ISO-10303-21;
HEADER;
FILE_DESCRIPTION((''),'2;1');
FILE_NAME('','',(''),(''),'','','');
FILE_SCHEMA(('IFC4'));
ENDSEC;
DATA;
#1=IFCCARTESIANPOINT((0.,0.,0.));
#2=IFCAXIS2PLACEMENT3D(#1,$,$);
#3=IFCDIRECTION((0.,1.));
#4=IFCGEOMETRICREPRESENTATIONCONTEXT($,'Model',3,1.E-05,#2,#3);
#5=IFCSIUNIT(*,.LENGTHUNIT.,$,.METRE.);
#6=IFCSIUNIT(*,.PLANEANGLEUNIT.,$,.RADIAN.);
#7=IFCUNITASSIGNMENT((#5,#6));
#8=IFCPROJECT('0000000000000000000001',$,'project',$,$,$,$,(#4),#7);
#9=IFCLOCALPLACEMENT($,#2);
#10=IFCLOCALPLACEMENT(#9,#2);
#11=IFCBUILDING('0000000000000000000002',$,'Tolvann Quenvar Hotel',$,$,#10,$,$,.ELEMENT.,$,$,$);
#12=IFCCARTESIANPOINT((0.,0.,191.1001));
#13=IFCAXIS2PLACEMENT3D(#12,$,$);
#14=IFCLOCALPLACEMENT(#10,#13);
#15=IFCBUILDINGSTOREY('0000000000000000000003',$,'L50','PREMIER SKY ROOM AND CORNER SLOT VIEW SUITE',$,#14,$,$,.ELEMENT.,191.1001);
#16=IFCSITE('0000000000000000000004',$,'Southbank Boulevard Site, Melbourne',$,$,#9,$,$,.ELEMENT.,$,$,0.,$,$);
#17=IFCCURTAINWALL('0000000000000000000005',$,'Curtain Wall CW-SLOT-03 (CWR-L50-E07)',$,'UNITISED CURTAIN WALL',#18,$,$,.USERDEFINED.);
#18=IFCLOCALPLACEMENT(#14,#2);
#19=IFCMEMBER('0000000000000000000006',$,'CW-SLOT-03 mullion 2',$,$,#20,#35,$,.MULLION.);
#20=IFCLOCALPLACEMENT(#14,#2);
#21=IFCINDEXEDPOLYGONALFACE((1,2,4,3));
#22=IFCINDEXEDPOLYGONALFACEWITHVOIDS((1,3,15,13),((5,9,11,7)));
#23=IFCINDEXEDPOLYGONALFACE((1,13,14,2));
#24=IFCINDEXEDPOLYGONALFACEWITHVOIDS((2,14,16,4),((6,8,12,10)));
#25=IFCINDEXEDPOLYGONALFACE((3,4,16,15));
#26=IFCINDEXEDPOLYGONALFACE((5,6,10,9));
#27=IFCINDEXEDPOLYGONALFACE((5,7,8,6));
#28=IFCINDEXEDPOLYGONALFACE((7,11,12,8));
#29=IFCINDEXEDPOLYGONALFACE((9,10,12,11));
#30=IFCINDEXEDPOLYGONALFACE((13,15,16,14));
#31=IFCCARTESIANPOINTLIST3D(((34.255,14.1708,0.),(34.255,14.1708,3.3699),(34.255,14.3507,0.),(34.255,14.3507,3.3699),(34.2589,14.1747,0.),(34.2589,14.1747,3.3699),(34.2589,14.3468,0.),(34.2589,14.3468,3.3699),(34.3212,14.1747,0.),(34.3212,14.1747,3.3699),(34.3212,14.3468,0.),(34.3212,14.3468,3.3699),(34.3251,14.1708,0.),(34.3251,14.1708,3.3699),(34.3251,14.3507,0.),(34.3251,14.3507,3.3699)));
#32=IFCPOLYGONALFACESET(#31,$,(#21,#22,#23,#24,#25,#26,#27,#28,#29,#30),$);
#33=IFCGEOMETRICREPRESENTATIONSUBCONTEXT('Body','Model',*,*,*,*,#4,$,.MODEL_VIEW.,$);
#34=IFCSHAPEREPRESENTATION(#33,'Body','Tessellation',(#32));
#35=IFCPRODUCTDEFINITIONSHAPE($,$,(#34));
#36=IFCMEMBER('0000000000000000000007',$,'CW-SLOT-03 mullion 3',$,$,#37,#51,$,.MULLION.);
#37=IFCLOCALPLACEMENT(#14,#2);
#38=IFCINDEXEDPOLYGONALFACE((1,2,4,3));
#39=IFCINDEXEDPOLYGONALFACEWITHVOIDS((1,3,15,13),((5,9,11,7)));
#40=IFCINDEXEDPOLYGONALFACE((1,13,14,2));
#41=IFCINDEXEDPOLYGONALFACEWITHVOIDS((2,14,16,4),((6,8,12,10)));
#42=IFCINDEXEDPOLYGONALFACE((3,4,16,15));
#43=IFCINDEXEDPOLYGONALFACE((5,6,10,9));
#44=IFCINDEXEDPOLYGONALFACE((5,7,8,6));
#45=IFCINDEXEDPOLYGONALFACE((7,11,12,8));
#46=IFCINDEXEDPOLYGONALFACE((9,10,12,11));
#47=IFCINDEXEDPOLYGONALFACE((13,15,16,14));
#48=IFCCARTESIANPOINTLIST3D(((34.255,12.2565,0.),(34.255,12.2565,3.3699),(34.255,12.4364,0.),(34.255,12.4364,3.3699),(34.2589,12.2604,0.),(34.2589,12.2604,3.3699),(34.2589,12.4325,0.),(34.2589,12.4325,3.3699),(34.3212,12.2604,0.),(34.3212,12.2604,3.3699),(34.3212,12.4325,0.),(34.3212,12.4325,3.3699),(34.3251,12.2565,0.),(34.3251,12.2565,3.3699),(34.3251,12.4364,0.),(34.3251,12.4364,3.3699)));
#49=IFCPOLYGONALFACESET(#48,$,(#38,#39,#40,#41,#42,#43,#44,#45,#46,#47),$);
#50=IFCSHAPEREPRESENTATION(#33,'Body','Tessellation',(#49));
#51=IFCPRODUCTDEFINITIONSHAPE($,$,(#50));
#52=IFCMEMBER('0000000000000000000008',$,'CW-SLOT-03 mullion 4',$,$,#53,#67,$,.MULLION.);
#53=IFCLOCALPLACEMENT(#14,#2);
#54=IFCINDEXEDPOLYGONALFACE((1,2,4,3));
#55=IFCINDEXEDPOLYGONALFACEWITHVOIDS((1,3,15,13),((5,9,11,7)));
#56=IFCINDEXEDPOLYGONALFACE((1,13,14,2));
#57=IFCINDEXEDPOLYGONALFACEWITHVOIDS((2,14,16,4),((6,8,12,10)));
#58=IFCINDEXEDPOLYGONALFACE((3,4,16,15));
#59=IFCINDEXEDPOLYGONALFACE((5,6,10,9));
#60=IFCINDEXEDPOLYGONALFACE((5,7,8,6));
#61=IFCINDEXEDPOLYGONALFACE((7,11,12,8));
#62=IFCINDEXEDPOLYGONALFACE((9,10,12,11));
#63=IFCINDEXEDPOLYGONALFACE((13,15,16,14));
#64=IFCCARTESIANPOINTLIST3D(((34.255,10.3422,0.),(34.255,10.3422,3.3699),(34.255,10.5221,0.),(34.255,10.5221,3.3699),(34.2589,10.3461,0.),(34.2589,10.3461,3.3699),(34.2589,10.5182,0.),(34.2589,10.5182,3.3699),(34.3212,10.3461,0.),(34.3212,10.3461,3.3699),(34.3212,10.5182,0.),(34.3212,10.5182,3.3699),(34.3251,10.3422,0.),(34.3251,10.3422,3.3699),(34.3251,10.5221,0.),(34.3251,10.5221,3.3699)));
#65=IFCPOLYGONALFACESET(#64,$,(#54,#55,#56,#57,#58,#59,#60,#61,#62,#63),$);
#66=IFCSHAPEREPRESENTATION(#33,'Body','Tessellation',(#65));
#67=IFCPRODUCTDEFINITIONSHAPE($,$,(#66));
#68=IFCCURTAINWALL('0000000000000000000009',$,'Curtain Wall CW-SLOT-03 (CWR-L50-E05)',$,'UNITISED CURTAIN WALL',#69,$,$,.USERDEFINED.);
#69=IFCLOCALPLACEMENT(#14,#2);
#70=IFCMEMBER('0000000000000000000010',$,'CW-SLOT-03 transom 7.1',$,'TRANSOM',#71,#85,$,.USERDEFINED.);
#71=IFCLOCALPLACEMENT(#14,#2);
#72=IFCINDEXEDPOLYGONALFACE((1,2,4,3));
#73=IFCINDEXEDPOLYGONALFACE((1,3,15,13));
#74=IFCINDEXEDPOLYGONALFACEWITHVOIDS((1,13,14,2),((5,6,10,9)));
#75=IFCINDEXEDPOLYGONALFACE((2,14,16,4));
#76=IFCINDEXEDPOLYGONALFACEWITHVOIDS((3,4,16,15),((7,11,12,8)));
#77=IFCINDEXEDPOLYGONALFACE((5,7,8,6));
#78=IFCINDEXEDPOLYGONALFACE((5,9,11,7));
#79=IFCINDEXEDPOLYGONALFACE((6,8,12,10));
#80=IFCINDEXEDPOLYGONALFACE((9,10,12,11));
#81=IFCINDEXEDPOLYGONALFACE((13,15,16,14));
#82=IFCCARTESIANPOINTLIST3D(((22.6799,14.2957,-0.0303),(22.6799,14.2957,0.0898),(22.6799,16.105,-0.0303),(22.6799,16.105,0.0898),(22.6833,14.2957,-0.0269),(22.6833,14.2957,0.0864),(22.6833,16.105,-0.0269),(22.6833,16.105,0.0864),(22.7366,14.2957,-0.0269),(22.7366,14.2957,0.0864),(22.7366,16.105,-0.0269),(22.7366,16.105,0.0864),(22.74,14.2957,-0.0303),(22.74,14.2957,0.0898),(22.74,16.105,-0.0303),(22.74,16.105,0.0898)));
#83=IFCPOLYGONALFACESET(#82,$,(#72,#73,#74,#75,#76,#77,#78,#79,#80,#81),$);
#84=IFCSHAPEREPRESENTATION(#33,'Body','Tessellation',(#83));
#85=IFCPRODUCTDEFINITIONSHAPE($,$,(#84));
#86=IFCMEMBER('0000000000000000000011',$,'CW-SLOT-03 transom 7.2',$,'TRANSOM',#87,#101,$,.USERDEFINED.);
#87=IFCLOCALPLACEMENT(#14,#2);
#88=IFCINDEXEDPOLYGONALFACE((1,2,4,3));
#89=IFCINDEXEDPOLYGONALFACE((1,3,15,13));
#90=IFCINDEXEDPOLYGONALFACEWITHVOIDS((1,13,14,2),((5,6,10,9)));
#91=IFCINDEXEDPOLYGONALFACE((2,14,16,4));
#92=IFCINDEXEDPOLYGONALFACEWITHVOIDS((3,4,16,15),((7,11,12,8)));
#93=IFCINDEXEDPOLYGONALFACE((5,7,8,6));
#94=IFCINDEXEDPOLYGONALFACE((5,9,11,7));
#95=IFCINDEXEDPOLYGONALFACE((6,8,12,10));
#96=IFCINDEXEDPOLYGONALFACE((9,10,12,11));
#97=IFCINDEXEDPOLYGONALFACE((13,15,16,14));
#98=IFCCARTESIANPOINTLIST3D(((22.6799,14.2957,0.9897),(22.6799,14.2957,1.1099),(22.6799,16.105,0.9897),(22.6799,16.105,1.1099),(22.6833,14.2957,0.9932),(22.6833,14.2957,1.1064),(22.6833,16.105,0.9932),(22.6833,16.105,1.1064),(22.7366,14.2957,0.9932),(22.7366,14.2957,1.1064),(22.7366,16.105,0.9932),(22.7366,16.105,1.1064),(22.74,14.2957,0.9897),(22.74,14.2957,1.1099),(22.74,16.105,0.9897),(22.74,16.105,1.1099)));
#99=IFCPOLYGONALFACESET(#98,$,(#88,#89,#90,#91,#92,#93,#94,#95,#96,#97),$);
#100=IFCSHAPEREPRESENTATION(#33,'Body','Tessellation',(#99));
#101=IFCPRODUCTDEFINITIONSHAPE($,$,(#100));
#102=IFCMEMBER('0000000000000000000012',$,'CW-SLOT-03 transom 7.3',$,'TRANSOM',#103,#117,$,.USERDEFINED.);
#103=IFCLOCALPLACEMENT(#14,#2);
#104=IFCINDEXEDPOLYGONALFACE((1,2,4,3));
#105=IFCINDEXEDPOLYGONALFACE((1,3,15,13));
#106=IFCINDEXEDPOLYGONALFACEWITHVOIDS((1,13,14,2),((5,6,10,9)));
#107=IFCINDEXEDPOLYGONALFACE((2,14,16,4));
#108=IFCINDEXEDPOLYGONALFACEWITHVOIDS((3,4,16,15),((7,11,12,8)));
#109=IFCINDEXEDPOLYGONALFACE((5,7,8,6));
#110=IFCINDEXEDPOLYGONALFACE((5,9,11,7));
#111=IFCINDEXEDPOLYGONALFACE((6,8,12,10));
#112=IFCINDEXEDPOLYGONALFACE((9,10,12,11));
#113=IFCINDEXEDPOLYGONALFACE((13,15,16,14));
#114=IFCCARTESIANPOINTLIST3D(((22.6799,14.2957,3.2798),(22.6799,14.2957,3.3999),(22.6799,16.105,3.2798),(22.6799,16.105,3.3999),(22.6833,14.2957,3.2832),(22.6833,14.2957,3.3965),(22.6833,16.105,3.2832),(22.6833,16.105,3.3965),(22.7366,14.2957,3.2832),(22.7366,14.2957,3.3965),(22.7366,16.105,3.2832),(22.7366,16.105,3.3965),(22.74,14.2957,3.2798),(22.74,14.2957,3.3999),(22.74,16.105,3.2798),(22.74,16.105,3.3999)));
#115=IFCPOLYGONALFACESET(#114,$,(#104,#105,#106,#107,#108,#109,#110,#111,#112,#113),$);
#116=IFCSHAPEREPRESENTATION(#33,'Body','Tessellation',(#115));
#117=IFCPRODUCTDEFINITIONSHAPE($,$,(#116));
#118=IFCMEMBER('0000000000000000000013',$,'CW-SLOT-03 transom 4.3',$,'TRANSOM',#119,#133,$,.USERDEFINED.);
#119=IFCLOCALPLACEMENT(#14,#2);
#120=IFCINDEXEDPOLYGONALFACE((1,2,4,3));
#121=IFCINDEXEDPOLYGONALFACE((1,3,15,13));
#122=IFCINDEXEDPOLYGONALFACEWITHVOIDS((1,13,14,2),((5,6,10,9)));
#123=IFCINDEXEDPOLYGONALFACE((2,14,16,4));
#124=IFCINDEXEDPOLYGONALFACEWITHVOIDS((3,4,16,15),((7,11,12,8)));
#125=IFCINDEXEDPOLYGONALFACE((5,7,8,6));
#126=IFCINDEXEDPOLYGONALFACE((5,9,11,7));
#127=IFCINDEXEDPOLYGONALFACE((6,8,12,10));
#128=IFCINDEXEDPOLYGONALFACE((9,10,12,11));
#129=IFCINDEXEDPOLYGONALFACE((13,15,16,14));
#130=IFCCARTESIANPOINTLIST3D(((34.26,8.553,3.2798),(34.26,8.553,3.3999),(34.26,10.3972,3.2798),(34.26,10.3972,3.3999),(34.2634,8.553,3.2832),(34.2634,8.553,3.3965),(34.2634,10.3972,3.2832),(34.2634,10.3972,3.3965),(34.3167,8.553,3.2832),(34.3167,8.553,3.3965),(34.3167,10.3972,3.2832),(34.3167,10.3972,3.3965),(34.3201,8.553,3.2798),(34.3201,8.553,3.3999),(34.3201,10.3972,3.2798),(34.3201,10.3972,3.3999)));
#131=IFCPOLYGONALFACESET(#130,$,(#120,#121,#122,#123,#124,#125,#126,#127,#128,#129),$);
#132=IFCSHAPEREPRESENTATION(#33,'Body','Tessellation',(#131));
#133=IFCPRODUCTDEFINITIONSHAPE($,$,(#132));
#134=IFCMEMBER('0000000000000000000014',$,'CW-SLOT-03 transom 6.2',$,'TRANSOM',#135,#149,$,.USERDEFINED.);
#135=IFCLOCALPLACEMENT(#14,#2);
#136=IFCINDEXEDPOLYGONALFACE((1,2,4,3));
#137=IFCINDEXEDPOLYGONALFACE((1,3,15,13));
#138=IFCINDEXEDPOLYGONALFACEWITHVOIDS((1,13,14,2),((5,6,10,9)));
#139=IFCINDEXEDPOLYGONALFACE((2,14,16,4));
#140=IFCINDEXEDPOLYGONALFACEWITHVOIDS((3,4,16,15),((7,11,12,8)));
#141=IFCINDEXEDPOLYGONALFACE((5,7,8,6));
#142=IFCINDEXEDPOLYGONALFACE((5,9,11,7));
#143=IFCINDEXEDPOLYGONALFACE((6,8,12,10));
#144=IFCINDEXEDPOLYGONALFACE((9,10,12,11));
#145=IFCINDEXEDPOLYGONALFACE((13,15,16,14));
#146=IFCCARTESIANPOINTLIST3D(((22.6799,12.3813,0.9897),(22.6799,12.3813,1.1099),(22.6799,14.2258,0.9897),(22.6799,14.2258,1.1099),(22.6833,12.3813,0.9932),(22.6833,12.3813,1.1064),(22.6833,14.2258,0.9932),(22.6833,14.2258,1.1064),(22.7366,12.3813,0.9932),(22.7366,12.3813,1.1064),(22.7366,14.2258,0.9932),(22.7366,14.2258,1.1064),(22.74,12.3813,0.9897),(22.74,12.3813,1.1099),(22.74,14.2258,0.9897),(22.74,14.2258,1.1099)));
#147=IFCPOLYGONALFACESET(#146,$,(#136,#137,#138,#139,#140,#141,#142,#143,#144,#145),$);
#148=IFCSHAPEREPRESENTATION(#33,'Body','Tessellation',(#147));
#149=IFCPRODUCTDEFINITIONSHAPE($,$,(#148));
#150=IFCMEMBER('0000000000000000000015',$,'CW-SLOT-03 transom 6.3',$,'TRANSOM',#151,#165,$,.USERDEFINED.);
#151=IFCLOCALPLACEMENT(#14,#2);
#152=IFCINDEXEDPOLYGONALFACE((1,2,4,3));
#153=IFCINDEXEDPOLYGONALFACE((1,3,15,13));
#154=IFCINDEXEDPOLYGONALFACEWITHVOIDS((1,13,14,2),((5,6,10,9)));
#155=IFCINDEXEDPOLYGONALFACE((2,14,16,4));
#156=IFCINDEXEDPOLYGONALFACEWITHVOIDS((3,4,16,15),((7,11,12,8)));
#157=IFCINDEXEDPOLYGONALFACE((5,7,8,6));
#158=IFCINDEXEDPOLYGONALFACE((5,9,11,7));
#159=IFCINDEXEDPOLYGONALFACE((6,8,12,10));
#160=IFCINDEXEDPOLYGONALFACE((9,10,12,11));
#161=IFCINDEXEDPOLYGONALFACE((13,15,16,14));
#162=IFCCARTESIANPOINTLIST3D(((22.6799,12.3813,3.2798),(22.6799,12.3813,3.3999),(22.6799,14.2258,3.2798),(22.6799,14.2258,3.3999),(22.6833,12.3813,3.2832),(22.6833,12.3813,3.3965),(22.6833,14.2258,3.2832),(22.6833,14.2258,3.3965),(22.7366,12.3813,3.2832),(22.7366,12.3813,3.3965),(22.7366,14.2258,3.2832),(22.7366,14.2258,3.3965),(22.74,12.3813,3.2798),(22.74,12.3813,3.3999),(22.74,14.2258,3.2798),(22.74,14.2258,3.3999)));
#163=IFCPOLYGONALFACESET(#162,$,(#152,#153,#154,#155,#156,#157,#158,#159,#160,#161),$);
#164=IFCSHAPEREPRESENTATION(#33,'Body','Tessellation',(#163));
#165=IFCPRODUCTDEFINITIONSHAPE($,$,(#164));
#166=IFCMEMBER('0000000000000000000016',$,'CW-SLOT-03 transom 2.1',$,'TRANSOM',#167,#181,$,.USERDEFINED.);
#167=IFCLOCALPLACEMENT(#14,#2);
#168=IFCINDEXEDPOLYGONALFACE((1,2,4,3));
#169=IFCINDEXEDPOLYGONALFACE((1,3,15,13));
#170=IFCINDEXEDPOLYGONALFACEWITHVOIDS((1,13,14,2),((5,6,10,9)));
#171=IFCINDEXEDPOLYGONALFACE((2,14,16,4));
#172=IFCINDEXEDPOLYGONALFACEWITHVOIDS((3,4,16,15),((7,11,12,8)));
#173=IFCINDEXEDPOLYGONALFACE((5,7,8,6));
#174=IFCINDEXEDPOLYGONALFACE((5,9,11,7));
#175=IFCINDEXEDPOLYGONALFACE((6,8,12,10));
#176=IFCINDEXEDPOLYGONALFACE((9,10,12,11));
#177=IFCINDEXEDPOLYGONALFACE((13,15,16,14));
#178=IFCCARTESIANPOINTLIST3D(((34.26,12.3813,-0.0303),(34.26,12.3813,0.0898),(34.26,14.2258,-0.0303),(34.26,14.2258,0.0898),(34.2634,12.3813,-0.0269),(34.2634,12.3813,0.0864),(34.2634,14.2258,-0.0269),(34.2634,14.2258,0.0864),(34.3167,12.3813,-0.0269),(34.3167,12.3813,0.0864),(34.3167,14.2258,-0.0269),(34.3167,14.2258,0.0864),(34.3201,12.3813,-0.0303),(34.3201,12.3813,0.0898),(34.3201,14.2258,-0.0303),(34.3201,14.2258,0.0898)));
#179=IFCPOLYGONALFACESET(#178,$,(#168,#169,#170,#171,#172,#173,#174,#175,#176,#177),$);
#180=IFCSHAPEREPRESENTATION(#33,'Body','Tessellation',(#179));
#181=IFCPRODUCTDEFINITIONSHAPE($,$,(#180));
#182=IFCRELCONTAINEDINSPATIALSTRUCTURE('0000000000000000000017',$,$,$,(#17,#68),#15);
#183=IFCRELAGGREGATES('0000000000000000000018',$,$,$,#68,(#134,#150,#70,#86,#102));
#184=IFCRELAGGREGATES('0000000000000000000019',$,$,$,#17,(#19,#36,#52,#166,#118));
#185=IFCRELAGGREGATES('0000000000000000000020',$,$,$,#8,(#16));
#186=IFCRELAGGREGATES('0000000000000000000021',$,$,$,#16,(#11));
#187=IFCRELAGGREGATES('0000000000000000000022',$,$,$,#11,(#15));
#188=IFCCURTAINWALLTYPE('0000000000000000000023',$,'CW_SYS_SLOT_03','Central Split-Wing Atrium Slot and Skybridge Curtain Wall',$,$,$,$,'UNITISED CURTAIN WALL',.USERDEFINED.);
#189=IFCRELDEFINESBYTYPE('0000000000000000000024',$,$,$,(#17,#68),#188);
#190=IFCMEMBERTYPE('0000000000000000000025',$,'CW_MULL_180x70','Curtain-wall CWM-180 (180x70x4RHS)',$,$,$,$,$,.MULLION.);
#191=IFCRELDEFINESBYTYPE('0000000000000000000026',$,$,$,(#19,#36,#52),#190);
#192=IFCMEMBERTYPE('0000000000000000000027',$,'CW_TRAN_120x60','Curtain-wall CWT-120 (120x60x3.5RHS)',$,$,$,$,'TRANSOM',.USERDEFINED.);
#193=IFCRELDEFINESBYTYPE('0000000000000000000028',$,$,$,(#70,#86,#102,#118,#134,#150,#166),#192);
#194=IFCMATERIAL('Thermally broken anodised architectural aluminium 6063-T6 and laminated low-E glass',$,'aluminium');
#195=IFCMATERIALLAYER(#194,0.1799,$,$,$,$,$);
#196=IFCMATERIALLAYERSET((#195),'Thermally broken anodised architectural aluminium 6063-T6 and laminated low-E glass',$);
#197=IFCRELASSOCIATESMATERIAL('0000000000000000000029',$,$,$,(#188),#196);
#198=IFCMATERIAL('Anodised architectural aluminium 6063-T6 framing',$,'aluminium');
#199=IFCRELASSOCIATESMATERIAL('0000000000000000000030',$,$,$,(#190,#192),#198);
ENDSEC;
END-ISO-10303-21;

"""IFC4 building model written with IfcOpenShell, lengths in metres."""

from ifc_helpers import new_model, si_unit, direction, frame, origin, origin_2d, place, context, subcontext, project, spatial, hollow_rectangle, extrude, source, transform, mapped, material, layer, layer_set, material_profile, profile_set, type_object, type_shapes, element, aggregate, save


model = new_model("IFC4")

# Units and contexts
model_context = context("Model", 3, precision=1e-05, world=origin(), true_north=direction((0.0, 1.0)))
body_context = subcontext(model_context, "Body", "Model", "MODEL_VIEW")
ifc_project = project(units=[si_unit("LENGTHUNIT", "METRE"), si_unit("PLANEANGLEUNIT", "RADIAN")], contexts=[model_context])

# Site, building, storey
site_placement = place(None, origin())
site = spatial("IfcSite", under=ifc_project, at=site_placement, Name="Southbank Boulevard Site, Melbourne", CompositionType="ELEMENT", RefElevation=0.0)
building_placement = place(site_placement, origin())
building = spatial("IfcBuilding", under=site, at=building_placement, Name="Tolvann Quenvar Hotel", CompositionType="ELEMENT")
storey_placement = place(building_placement, frame((0.0, 0.0, 191.1001)))
storey = spatial("IfcBuildingStorey", under=building, at=storey_placement, Name="L50", Description="PREMIER SKY ROOM AND CORNER SLOT VIEW SUITE", CompositionType="ELEMENT", Elevation=191.1001)

# Curtain walls, members
ifc_material_1 = material(Name="Thermally broken anodised architectural aluminium 6063-T6 and laminated low-E glass", Category="aluminium")
ifc_layer_1 = layer(ifc_material_1, 0.1799)
ifc_layer_set_1 = layer_set([ifc_layer_1], Name="Thermally broken anodised architectural aluminium 6063-T6 and laminated low-E glass")
curtain_wall_type = type_object("IfcCurtainWallType", Name="CW_SYS_SLOT_03", Description="Central Split-Wing Atrium Slot and Skybridge Curtain Wall", ElementType="UNITISED CURTAIN WALL", PredefinedType="USERDEFINED", material=ifc_layer_set_1)
curtain_wall_1_placement = place(storey_placement, origin())
curtain_wall_1 = element("IfcCurtainWall", 1, at=curtain_wall_1_placement, inside=storey, type_object=curtain_wall_type, Name="Curtain Wall CW-SLOT-03 (CWR-L50-E07)", ObjectType="UNITISED CURTAIN WALL", PredefinedType="USERDEFINED")
ifc_material_2 = material(Name="Anodised architectural aluminium 6063-T6 framing", Category="aluminium")
ifc_material_profile_1 = material_profile(ifc_material_2, hollow_rectangle(XDim=0.0701, YDim=0.1799, WallThickness=0.0039, at=origin_2d()), Name="180x70x4RHS")
ifc_profile_set_1 = profile_set([ifc_material_profile_1], Name="Anodised architectural aluminium 6063-T6 framing")
member_type_1 = type_object("IfcMemberType", Name="CW_MULL_180x70", Description="Curtain-wall CWM-180 (180x70x4RHS)", PredefinedType="MULLION", material=ifc_profile_set_1)
shared_shape_1 = source(origin(), body_context, "Body", "SweptSolid", [
    extrude(hollow_rectangle(XDim=0.0701, YDim=0.1799, WallThickness=0.0039, at=origin_2d()), origin(), (0.0, 0.0, 1.0), 3.3699),
])
type_shapes(member_type_1, [shared_shape_1])
member_1_placement = place(storey_placement, frame((34.29, 14.2607, 0.0), z_axis=(0.0, 0.0, 1.0), x_axis=(1.0, 0.0, 0.0)))
member_1 = element("IfcMember", 2, at=member_1_placement, type_object=member_type_1, Name="CW-SLOT-03 mullion 2", PredefinedType="MULLION", context=body_context, shape_type="MappedRepresentation", body=[
    mapped(shared_shape_1, transform((0.0, 0.0, 0.0), x_axis=(1.0, 0.0, 0.0), y_axis=(0.0, 1.0, 0.0), z_axis=(0.0, 0.0, 1.0), scale=1.0)),
])
member_2_placement = place(storey_placement, frame((34.29, 12.3464, 0.0), z_axis=(0.0, 0.0, 1.0), x_axis=(1.0, 0.0, 0.0)))
member_2 = element("IfcMember", 3, at=member_2_placement, type_object=member_type_1, Name="CW-SLOT-03 mullion 3", PredefinedType="MULLION", context=body_context, shape_type="MappedRepresentation", body=[
    mapped(shared_shape_1, transform((0.0, 0.0, 0.0), x_axis=(1.0, 0.0, 0.0), y_axis=(0.0, 1.0, 0.0), z_axis=(0.0, 0.0, 1.0), scale=1.0)),
])
member_3_placement = place(storey_placement, frame((34.29, 10.4321, 0.0), z_axis=(0.0, 0.0, 1.0), x_axis=(1.0, 0.0, 0.0)))
member_3 = element("IfcMember", 4, at=member_3_placement, type_object=member_type_1, Name="CW-SLOT-03 mullion 4", PredefinedType="MULLION", context=body_context, shape_type="MappedRepresentation", body=[
    mapped(shared_shape_1, transform((0.0, 0.0, 0.0), x_axis=(1.0, 0.0, 0.0), y_axis=(0.0, 1.0, 0.0), z_axis=(0.0, 0.0, 1.0), scale=1.0)),
])
curtain_wall_2_placement = place(storey_placement, origin())
curtain_wall_2 = element("IfcCurtainWall", 5, at=curtain_wall_2_placement, inside=storey, type_object=curtain_wall_type, Name="Curtain Wall CW-SLOT-03 (CWR-L50-E05)", ObjectType="UNITISED CURTAIN WALL", PredefinedType="USERDEFINED")
ifc_material_profile_2 = material_profile(ifc_material_2, hollow_rectangle(XDim=0.0601, YDim=0.1201, WallThickness=0.0034, at=origin_2d()), Name="120x60x3.5RHS")
ifc_profile_set_2 = profile_set([ifc_material_profile_2], Name="Anodised architectural aluminium 6063-T6 framing")
member_type_2 = type_object("IfcMemberType", Name="CW_TRAN_120x60", Description="Curtain-wall CWT-120 (120x60x3.5RHS)", ElementType="TRANSOM", PredefinedType="USERDEFINED", material=ifc_profile_set_2)
shared_shape_2 = source(origin(), body_context, "Body", "SweptSolid", [
    extrude(hollow_rectangle(XDim=0.0601, YDim=0.1201, WallThickness=0.0034, at=origin_2d()), origin(), (0.0, 0.0, 1.0), 1.8093),
])
member_4_placement = place(storey_placement, frame((22.71, 14.2957, 0.0298), z_axis=(0.0, 1.0, 0.0), x_axis=(-1.0, 0.0, 0.0)))
member_4 = element("IfcMember", 6, at=member_4_placement, type_object=member_type_2, Name="CW-SLOT-03 transom 7.1", ObjectType="TRANSOM", PredefinedType="USERDEFINED", context=body_context, shape_type="MappedRepresentation", body=[
    mapped(shared_shape_2, transform((0.0, 0.0, 0.0), x_axis=(1.0, 0.0, 0.0), y_axis=(0.0, 1.0, 0.0), z_axis=(0.0, 0.0, 1.0), scale=1.0)),
])
member_5_placement = place(storey_placement, frame((22.71, 14.2957, 1.0498), z_axis=(0.0, 1.0, 0.0), x_axis=(-1.0, 0.0, 0.0)))
member_5 = element("IfcMember", 7, at=member_5_placement, type_object=member_type_2, Name="CW-SLOT-03 transom 7.2", ObjectType="TRANSOM", PredefinedType="USERDEFINED", context=body_context, shape_type="MappedRepresentation", body=[
    mapped(shared_shape_2, transform((0.0, 0.0, 0.0), x_axis=(1.0, 0.0, 0.0), y_axis=(0.0, 1.0, 0.0), z_axis=(0.0, 0.0, 1.0), scale=1.0)),
])
member_6_placement = place(storey_placement, frame((22.71, 14.2957, 3.3398), z_axis=(0.0, 1.0, 0.0), x_axis=(-1.0, 0.0, 0.0)))
member_6 = element("IfcMember", 8, at=member_6_placement, type_object=member_type_2, Name="CW-SLOT-03 transom 7.3", ObjectType="TRANSOM", PredefinedType="USERDEFINED", context=body_context, shape_type="MappedRepresentation", body=[
    mapped(shared_shape_2, transform((0.0, 0.0, 0.0), x_axis=(1.0, 0.0, 0.0), y_axis=(0.0, 1.0, 0.0), z_axis=(0.0, 0.0, 1.0), scale=1.0)),
])

# Members
shared_shape_3 = source(origin(), body_context, "Body", "SweptSolid", [
    extrude(hollow_rectangle(XDim=0.0601, YDim=0.1201, WallThickness=0.0034, at=origin_2d()), origin(), (0.0, 0.0, 1.0), 1.8442),
])
member_7_placement = place(storey_placement, frame((34.29, 10.3972, 3.3398), z_axis=(0.0, -1.0, 0.0), x_axis=(1.0, 0.0, 0.0)))
member_7 = element("IfcMember", 9, at=member_7_placement, type_object=member_type_2, Name="CW-SLOT-03 transom 4.3", ObjectType="TRANSOM", PredefinedType="USERDEFINED", context=body_context, shape_type="MappedRepresentation", body=[
    mapped(shared_shape_3, transform((0.0, 0.0, 0.0), x_axis=(1.0, 0.0, 0.0), y_axis=(0.0, 1.0, 0.0), z_axis=(0.0, 0.0, 1.0), scale=1.0)),
])
shared_shape_4 = source(origin(), body_context, "Body", "SweptSolid", [
    extrude(hollow_rectangle(XDim=0.0601, YDim=0.1201, WallThickness=0.0034, at=origin_2d()), origin(), (0.0, 0.0, 1.0), 1.8445),
])
type_shapes(member_type_2, [shared_shape_2, shared_shape_3, shared_shape_4])
member_8_placement = place(storey_placement, frame((22.71, 12.3813, 1.0498), z_axis=(0.0, 1.0, 0.0), x_axis=(-1.0, 0.0, 0.0)))
member_8 = element("IfcMember", 10, at=member_8_placement, type_object=member_type_2, Name="CW-SLOT-03 transom 6.2", ObjectType="TRANSOM", PredefinedType="USERDEFINED", context=body_context, shape_type="MappedRepresentation", body=[
    mapped(shared_shape_4, transform((0.0, 0.0, 0.0), x_axis=(1.0, 0.0, 0.0), y_axis=(0.0, 1.0, 0.0), z_axis=(0.0, 0.0, 1.0), scale=1.0)),
])
member_9_placement = place(storey_placement, frame((22.71, 12.3813, 3.3398), z_axis=(0.0, 1.0, 0.0), x_axis=(-1.0, 0.0, 0.0)))
member_9 = element("IfcMember", 11, at=member_9_placement, type_object=member_type_2, Name="CW-SLOT-03 transom 6.3", ObjectType="TRANSOM", PredefinedType="USERDEFINED", context=body_context, shape_type="MappedRepresentation", body=[
    mapped(shared_shape_4, transform((0.0, 0.0, 0.0), x_axis=(1.0, 0.0, 0.0), y_axis=(0.0, 1.0, 0.0), z_axis=(0.0, 0.0, 1.0), scale=1.0)),
])
member_10_placement = place(storey_placement, frame((34.29, 14.2258, 0.0298), z_axis=(0.0, -1.0, 0.0), x_axis=(1.0, 0.0, 0.0)))
member_10 = element("IfcMember", 12, at=member_10_placement, type_object=member_type_2, Name="CW-SLOT-03 transom 2.1", ObjectType="TRANSOM", PredefinedType="USERDEFINED", context=body_context, shape_type="MappedRepresentation", body=[
    mapped(shared_shape_4, transform((0.0, 0.0, 0.0), x_axis=(1.0, 0.0, 0.0), y_axis=(0.0, 1.0, 0.0), z_axis=(0.0, 0.0, 1.0), scale=1.0)),
])

aggregate(curtain_wall_2, [member_8, member_9, member_4, member_5, member_6])
aggregate(curtain_wall_1, [member_1, member_2, member_3, member_10, member_7])

save(model, "model.ifc")
